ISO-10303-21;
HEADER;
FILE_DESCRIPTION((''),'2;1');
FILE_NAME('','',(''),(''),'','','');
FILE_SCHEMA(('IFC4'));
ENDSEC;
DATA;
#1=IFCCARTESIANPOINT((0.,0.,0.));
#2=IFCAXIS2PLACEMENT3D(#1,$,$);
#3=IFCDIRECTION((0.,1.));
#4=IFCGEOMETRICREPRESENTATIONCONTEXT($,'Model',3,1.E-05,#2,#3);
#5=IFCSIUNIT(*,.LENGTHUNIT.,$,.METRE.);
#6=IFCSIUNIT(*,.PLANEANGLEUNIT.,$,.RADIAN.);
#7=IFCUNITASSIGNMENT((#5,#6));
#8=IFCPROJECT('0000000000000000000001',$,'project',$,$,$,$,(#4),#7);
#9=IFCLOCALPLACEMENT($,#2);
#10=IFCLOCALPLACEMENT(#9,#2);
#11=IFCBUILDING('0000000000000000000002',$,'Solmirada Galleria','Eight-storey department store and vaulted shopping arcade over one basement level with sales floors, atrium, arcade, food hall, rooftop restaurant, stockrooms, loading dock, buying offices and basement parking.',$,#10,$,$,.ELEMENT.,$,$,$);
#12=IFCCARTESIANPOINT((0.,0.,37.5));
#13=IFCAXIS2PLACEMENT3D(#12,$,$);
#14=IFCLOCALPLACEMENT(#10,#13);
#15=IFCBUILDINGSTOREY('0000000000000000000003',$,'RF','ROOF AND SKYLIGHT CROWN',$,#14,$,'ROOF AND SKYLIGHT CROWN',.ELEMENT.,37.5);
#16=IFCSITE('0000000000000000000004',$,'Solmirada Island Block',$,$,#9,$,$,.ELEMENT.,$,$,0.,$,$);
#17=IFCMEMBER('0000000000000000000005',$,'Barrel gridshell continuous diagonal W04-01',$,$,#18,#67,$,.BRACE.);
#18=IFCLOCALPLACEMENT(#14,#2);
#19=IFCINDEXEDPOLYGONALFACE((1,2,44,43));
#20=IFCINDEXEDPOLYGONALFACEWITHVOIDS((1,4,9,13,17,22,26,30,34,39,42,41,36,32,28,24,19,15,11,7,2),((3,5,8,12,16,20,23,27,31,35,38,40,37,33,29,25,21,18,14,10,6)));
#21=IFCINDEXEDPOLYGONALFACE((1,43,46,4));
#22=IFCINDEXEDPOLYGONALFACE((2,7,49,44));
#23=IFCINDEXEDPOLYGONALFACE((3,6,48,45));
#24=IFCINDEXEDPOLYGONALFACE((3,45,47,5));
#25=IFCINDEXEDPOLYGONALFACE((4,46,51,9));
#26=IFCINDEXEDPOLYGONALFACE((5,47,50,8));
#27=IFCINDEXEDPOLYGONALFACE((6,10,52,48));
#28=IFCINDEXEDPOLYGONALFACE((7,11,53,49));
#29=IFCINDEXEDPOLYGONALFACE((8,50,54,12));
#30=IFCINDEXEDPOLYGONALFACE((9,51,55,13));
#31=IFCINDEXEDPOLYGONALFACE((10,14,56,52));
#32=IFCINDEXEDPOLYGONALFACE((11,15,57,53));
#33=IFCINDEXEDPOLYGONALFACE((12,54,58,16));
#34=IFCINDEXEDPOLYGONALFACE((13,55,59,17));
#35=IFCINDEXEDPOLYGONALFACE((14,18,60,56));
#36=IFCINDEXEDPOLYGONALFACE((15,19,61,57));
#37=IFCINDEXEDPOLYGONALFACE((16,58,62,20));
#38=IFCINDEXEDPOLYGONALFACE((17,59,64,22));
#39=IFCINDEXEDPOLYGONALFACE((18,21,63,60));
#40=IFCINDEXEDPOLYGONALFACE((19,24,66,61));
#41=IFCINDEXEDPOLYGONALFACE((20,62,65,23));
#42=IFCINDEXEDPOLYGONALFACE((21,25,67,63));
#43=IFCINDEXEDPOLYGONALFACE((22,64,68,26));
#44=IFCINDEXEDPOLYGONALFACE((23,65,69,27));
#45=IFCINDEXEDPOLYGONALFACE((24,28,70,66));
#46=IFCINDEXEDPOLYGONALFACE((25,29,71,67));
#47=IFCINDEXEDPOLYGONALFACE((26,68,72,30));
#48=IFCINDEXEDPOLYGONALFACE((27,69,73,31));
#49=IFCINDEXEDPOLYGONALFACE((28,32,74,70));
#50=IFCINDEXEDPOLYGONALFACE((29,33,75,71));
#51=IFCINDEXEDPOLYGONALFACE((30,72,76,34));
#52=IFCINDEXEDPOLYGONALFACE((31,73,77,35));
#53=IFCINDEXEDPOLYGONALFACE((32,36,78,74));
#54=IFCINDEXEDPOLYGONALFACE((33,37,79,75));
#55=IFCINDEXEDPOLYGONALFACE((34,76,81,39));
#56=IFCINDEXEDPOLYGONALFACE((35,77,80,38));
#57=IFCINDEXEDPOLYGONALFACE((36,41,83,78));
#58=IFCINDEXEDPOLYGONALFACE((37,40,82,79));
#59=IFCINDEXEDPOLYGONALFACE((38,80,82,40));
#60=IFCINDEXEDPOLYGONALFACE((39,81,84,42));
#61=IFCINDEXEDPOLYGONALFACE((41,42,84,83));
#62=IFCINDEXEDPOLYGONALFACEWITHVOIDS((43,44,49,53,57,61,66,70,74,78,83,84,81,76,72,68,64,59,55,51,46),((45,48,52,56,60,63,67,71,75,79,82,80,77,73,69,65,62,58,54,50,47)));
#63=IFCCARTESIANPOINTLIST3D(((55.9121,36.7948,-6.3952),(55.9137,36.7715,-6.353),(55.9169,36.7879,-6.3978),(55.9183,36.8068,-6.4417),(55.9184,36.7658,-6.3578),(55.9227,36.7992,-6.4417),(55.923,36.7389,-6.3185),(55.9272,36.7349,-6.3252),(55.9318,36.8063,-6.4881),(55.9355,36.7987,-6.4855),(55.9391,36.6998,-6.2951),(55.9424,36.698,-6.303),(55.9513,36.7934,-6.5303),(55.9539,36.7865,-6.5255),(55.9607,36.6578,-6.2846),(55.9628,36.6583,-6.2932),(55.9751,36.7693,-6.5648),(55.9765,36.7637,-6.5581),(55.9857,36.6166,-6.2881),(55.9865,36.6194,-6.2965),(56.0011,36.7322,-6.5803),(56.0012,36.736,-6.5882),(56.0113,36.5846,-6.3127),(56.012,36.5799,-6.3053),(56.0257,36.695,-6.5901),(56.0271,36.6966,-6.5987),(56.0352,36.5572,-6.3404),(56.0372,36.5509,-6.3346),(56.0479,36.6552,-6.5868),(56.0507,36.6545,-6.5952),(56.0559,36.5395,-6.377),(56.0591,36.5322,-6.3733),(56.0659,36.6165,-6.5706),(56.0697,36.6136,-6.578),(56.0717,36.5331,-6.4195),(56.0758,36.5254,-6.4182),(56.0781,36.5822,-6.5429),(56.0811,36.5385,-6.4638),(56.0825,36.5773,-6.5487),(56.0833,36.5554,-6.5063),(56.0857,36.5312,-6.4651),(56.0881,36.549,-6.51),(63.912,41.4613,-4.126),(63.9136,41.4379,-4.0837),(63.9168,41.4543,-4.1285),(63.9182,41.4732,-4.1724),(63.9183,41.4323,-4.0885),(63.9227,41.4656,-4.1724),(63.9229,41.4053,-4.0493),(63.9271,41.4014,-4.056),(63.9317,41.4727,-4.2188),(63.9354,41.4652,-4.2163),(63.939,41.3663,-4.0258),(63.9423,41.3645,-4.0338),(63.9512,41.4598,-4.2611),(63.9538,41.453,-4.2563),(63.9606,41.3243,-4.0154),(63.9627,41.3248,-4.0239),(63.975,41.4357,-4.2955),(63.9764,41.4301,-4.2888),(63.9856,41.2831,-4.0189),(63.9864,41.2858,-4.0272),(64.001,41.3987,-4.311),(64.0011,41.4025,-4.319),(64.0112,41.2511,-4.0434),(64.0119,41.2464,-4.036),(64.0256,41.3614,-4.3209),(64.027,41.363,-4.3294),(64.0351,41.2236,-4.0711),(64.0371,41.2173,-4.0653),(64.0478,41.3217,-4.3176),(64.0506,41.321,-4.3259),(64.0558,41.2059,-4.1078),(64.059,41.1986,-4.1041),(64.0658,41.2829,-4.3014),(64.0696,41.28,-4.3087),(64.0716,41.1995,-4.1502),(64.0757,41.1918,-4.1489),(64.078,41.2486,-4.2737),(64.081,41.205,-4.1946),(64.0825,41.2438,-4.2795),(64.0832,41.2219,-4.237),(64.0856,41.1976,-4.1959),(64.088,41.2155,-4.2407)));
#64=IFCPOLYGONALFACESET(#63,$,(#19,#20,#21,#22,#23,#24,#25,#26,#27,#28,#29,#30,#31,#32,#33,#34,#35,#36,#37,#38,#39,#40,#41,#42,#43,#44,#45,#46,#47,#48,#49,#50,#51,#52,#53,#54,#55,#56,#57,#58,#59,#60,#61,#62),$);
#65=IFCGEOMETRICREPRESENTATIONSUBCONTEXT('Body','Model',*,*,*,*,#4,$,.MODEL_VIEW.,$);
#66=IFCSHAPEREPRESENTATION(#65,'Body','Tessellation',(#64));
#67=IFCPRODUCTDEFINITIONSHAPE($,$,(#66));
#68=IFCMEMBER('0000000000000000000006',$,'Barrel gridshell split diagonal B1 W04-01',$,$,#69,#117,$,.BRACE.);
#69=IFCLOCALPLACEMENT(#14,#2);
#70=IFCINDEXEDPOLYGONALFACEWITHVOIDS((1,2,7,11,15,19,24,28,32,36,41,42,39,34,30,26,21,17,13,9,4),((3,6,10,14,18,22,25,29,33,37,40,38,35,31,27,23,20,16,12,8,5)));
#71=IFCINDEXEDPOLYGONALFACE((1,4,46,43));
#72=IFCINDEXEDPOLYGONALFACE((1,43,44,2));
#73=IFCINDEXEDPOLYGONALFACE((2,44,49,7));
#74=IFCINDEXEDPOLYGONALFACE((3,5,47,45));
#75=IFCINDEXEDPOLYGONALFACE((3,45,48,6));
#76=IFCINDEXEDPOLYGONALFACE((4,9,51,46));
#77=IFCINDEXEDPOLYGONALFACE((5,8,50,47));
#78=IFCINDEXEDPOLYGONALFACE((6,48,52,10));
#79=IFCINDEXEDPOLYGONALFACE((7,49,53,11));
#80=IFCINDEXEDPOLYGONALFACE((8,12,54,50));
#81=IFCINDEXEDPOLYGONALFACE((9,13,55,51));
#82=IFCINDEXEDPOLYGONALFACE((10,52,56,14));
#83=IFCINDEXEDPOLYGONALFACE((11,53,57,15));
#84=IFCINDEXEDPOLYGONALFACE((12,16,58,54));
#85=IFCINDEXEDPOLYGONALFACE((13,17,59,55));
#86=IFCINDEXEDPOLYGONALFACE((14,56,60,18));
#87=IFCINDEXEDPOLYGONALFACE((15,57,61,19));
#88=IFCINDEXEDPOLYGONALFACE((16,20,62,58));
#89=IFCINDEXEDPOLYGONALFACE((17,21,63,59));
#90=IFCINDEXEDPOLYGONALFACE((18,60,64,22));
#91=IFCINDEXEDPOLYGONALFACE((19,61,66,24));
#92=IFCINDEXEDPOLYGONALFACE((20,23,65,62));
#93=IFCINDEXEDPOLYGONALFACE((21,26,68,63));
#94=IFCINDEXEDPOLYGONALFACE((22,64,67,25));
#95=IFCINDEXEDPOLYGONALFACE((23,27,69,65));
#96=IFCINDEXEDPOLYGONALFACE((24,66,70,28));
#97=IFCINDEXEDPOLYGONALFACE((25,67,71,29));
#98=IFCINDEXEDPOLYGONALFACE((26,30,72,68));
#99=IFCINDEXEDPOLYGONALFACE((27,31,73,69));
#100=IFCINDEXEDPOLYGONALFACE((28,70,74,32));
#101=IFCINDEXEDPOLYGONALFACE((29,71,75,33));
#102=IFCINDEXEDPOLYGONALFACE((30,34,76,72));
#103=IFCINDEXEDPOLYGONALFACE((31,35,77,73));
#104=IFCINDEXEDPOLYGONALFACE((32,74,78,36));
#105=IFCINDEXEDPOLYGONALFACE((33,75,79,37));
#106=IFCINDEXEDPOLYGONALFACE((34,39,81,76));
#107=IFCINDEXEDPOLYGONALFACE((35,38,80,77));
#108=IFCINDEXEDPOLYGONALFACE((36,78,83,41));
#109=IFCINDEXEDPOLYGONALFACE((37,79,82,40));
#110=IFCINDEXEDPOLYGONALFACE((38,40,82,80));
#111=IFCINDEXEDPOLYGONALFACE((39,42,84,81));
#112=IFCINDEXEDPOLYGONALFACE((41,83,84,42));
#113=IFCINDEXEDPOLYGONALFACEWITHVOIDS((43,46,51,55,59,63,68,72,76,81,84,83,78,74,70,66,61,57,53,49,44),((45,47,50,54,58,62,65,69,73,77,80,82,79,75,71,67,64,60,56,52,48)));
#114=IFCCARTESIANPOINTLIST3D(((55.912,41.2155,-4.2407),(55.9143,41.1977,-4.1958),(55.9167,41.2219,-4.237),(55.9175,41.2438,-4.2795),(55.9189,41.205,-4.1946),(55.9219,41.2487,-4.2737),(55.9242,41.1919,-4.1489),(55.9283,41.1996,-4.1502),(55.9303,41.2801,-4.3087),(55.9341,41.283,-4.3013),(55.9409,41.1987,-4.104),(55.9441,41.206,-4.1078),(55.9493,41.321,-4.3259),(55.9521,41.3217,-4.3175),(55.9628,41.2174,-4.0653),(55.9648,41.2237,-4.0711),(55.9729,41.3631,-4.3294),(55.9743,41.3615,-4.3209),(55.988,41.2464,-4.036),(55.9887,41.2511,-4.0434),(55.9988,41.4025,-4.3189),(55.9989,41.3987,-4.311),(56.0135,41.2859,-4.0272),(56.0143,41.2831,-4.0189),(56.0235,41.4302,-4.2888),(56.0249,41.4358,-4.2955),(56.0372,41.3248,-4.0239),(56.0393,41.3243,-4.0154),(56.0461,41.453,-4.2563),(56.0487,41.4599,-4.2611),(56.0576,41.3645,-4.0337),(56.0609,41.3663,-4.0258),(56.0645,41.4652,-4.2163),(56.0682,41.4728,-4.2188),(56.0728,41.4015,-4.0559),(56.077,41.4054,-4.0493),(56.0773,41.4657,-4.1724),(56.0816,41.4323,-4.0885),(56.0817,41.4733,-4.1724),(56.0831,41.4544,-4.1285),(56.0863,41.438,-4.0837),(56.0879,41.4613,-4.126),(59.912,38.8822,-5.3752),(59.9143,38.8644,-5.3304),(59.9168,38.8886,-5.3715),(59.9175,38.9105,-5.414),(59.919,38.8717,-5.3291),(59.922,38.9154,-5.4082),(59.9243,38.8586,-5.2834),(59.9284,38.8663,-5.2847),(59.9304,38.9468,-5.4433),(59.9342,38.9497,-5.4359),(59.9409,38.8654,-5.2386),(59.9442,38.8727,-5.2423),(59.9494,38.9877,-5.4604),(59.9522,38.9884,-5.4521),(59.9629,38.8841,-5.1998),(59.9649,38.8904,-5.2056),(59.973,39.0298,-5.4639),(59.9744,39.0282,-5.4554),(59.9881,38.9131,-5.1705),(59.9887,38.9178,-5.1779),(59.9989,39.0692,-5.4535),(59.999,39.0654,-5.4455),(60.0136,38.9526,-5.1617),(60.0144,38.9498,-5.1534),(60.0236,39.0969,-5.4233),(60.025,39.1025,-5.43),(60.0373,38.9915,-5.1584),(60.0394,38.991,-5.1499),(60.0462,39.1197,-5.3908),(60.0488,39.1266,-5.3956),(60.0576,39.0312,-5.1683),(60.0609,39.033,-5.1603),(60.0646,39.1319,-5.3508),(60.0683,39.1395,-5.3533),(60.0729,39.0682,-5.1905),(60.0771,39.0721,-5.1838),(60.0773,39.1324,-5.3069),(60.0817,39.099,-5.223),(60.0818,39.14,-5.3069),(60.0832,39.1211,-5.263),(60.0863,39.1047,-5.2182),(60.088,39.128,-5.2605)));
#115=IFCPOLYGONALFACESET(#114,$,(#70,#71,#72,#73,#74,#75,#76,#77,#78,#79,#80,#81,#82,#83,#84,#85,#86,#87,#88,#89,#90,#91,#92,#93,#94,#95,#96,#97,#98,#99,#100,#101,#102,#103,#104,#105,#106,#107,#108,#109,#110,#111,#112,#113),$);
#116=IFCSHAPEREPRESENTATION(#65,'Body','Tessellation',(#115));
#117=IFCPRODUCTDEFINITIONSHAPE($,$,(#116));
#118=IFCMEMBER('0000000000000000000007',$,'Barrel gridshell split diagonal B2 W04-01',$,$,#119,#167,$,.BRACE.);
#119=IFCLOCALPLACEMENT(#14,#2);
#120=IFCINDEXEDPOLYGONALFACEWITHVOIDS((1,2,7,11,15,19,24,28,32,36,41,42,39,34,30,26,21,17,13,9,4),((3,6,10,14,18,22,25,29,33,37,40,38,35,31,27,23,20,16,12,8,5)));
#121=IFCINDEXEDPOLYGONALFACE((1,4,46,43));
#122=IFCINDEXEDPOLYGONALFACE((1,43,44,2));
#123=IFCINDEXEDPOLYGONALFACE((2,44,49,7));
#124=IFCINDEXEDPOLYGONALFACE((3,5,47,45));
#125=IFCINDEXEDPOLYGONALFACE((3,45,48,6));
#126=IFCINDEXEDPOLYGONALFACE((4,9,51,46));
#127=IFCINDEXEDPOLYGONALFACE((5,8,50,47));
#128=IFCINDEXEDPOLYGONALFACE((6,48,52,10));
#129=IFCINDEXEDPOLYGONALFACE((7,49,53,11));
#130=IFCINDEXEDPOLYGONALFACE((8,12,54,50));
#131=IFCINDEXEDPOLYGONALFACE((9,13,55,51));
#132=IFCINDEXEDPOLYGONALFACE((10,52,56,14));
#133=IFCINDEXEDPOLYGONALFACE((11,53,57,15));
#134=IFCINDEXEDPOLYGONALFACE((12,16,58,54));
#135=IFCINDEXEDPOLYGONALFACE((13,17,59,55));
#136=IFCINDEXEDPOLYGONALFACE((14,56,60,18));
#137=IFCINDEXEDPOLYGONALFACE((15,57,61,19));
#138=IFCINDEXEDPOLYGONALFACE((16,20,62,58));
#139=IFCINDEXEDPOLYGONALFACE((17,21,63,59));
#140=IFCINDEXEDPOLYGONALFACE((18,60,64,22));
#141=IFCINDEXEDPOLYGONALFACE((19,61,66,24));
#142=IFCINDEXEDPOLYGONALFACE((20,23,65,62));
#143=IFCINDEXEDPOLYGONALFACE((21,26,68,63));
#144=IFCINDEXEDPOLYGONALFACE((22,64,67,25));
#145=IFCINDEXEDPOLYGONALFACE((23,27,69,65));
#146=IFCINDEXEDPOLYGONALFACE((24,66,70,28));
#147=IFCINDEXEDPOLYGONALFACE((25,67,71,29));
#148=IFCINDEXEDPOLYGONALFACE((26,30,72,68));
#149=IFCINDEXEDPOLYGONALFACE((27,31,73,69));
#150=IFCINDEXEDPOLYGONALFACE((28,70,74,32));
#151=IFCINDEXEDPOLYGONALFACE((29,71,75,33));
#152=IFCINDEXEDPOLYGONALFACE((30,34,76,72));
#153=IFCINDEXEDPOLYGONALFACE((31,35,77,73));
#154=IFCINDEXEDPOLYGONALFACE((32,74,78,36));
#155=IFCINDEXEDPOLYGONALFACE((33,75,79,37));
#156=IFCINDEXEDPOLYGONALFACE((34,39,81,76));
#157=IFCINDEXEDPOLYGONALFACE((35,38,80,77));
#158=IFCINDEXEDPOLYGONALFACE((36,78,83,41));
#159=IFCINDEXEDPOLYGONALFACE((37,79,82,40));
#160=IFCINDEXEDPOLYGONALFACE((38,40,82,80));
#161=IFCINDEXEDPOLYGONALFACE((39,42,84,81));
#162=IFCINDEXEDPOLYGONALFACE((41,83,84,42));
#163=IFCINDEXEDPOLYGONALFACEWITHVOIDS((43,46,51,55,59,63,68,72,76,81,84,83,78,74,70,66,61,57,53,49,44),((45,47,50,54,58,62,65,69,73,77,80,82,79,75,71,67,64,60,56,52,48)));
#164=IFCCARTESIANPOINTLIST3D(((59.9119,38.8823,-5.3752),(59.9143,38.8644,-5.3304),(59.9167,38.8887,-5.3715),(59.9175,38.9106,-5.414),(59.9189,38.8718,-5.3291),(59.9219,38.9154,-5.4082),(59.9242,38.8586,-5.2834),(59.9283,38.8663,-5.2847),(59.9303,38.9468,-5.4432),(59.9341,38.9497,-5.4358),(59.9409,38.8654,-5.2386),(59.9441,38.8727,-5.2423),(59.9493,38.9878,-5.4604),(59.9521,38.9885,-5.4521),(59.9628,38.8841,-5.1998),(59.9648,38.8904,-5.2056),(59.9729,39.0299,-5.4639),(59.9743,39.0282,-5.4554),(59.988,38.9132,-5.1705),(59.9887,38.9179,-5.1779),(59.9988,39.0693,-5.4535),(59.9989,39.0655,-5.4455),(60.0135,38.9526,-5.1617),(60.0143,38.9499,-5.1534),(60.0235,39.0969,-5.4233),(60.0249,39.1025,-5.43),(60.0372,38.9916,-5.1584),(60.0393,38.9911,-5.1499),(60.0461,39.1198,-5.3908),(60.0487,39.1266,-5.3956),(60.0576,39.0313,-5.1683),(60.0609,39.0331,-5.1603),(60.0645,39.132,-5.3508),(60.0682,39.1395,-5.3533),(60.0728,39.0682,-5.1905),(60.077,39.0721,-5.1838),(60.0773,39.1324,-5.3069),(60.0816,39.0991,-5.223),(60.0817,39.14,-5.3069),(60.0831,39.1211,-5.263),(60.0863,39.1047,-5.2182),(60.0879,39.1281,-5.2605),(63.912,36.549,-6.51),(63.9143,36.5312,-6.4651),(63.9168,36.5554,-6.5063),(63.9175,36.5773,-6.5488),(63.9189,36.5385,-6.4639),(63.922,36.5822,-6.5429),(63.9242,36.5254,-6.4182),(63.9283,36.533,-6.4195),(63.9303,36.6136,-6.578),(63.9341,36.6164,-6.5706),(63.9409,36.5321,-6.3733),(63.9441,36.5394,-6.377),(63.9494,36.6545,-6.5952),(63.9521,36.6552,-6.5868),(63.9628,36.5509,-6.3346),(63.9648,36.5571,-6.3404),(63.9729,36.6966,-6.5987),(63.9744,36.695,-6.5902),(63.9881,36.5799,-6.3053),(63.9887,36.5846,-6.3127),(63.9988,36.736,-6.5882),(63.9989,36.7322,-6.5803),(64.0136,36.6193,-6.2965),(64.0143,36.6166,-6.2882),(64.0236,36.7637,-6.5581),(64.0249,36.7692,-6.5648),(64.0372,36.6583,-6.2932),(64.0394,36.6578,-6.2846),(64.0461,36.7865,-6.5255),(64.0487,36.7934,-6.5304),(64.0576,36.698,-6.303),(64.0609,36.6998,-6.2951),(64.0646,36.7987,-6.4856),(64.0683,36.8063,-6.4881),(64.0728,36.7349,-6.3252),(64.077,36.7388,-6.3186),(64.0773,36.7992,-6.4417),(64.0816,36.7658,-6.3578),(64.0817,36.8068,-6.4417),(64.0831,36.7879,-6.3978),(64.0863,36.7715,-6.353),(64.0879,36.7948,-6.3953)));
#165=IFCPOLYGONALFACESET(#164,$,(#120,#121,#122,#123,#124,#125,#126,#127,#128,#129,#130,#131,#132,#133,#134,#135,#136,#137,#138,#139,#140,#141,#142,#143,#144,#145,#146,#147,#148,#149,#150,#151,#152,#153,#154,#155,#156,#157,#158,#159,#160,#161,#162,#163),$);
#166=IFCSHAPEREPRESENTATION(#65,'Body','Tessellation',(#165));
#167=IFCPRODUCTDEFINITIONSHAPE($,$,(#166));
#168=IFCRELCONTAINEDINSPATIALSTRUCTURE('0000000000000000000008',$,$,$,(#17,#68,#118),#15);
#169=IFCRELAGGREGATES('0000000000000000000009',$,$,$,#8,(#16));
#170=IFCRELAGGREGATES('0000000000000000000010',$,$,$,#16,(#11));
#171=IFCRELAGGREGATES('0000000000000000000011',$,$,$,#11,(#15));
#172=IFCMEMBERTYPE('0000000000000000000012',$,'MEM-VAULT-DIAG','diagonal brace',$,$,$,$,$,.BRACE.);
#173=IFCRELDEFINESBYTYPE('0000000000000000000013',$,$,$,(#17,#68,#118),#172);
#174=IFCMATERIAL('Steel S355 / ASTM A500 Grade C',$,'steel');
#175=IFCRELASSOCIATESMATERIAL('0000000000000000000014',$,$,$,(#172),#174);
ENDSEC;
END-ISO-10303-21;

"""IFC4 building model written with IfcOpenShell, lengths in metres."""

from ifc_helpers import new_model, si_unit, direction, frame, origin, origin_2d, place, context, subcontext, project, spatial, hollow_circle, extrude, material, material_profile, profile_set, type_object, element, save


model = new_model("IFC4")

# Units and contexts
model_context = context("Model", 3, precision=1e-05, world=origin(), true_north=direction((0.0, 1.0)))
body_context = subcontext(model_context, "Body", "Model", "MODEL_VIEW")
ifc_project = project(units=[si_unit("LENGTHUNIT", "METRE"), si_unit("PLANEANGLEUNIT", "RADIAN")], contexts=[model_context])

# Site, building, storey
site_placement = place(None, origin())
site = spatial("IfcSite", under=ifc_project, at=site_placement, Name="Solmirada Island Block", CompositionType="ELEMENT", RefElevation=0.0)
building_placement = place(site_placement, origin())
building = spatial("IfcBuilding", under=site, at=building_placement, Name="Solmirada Galleria", Description="Eight-storey department store and vaulted shopping arcade over one basement level with sales floors, atrium, arcade, food hall, rooftop restaurant, stockrooms, loading dock, buying offices and basement parking.", CompositionType="ELEMENT")
storey_placement = place(building_placement, frame((0.0, 0.0, 37.5)))
storey = spatial("IfcBuildingStorey", under=building, at=storey_placement, Name="RF", Description="ROOF AND SKYLIGHT CROWN", LongName="ROOF AND SKYLIGHT CROWN", CompositionType="ELEMENT", Elevation=37.5)

# Members
ifc_material_1 = material(Name="Steel S355 / ASTM A500 Grade C", Category="steel")
ifc_material_profile_1 = material_profile(ifc_material_1, hollow_circle(Radius=0.1621, WallThickness=0.0088, at=origin_2d()), Name="HSS12.750X0.375")
ifc_profile_set_1 = profile_set([ifc_material_profile_1], Name="Steel S355 / ASTM A500 Grade C")
member_type_1 = type_object("IfcMemberType", Name="MEM-VAULT-DIAG", Description="diagonal brace", PredefinedType="BRACE", material=ifc_profile_set_1)
member_1_placement = place(storey_placement, frame((56.0, 36.6667, -6.4417), z_axis=(0.838969, 0.489382, 0.237983), x_axis=(-0.503858, 0.863787, 0.0)))
element("IfcMember", 1, at=member_1_placement, inside=storey, type_object=member_type_1, Name="Barrel gridshell continuous diagonal W04-01", PredefinedType="BRACE", context=body_context, shape_type="SweptSolid", body=[
    extrude(hollow_circle(Radius=0.1621, WallThickness=0.0088, at=origin_2d()), origin(), (0.0, 0.0, 1.0), 9.5354),
])
for number, where, z_axis, x_axis, name in (
    (2, (56.0, 41.3333, -4.1724), (0.838975, -0.489385, -0.237959), (0.503858, 0.863787, 0.0), "Barrel gridshell split diagonal B1 W04-01"),
    (3, (60.0, 39.0, -5.3069), (0.838964, -0.489379, -0.238007), (0.503858, 0.863787, 0.0), "Barrel gridshell split diagonal B2 W04-01"),
):
    element("IfcMember", number, at=place(storey_placement, frame(where, z_axis=z_axis, x_axis=x_axis)), inside=storey, type_object=member_type_1, Name=name, PredefinedType="BRACE", context=body_context, shape_type="SweptSolid", body=[
        extrude(hollow_circle(Radius=0.1621, WallThickness=0.0088, at=origin_2d()), origin(), (0.0, 0.0, 1.0), 4.7678),
    ])

save(model, "model.ifc")
